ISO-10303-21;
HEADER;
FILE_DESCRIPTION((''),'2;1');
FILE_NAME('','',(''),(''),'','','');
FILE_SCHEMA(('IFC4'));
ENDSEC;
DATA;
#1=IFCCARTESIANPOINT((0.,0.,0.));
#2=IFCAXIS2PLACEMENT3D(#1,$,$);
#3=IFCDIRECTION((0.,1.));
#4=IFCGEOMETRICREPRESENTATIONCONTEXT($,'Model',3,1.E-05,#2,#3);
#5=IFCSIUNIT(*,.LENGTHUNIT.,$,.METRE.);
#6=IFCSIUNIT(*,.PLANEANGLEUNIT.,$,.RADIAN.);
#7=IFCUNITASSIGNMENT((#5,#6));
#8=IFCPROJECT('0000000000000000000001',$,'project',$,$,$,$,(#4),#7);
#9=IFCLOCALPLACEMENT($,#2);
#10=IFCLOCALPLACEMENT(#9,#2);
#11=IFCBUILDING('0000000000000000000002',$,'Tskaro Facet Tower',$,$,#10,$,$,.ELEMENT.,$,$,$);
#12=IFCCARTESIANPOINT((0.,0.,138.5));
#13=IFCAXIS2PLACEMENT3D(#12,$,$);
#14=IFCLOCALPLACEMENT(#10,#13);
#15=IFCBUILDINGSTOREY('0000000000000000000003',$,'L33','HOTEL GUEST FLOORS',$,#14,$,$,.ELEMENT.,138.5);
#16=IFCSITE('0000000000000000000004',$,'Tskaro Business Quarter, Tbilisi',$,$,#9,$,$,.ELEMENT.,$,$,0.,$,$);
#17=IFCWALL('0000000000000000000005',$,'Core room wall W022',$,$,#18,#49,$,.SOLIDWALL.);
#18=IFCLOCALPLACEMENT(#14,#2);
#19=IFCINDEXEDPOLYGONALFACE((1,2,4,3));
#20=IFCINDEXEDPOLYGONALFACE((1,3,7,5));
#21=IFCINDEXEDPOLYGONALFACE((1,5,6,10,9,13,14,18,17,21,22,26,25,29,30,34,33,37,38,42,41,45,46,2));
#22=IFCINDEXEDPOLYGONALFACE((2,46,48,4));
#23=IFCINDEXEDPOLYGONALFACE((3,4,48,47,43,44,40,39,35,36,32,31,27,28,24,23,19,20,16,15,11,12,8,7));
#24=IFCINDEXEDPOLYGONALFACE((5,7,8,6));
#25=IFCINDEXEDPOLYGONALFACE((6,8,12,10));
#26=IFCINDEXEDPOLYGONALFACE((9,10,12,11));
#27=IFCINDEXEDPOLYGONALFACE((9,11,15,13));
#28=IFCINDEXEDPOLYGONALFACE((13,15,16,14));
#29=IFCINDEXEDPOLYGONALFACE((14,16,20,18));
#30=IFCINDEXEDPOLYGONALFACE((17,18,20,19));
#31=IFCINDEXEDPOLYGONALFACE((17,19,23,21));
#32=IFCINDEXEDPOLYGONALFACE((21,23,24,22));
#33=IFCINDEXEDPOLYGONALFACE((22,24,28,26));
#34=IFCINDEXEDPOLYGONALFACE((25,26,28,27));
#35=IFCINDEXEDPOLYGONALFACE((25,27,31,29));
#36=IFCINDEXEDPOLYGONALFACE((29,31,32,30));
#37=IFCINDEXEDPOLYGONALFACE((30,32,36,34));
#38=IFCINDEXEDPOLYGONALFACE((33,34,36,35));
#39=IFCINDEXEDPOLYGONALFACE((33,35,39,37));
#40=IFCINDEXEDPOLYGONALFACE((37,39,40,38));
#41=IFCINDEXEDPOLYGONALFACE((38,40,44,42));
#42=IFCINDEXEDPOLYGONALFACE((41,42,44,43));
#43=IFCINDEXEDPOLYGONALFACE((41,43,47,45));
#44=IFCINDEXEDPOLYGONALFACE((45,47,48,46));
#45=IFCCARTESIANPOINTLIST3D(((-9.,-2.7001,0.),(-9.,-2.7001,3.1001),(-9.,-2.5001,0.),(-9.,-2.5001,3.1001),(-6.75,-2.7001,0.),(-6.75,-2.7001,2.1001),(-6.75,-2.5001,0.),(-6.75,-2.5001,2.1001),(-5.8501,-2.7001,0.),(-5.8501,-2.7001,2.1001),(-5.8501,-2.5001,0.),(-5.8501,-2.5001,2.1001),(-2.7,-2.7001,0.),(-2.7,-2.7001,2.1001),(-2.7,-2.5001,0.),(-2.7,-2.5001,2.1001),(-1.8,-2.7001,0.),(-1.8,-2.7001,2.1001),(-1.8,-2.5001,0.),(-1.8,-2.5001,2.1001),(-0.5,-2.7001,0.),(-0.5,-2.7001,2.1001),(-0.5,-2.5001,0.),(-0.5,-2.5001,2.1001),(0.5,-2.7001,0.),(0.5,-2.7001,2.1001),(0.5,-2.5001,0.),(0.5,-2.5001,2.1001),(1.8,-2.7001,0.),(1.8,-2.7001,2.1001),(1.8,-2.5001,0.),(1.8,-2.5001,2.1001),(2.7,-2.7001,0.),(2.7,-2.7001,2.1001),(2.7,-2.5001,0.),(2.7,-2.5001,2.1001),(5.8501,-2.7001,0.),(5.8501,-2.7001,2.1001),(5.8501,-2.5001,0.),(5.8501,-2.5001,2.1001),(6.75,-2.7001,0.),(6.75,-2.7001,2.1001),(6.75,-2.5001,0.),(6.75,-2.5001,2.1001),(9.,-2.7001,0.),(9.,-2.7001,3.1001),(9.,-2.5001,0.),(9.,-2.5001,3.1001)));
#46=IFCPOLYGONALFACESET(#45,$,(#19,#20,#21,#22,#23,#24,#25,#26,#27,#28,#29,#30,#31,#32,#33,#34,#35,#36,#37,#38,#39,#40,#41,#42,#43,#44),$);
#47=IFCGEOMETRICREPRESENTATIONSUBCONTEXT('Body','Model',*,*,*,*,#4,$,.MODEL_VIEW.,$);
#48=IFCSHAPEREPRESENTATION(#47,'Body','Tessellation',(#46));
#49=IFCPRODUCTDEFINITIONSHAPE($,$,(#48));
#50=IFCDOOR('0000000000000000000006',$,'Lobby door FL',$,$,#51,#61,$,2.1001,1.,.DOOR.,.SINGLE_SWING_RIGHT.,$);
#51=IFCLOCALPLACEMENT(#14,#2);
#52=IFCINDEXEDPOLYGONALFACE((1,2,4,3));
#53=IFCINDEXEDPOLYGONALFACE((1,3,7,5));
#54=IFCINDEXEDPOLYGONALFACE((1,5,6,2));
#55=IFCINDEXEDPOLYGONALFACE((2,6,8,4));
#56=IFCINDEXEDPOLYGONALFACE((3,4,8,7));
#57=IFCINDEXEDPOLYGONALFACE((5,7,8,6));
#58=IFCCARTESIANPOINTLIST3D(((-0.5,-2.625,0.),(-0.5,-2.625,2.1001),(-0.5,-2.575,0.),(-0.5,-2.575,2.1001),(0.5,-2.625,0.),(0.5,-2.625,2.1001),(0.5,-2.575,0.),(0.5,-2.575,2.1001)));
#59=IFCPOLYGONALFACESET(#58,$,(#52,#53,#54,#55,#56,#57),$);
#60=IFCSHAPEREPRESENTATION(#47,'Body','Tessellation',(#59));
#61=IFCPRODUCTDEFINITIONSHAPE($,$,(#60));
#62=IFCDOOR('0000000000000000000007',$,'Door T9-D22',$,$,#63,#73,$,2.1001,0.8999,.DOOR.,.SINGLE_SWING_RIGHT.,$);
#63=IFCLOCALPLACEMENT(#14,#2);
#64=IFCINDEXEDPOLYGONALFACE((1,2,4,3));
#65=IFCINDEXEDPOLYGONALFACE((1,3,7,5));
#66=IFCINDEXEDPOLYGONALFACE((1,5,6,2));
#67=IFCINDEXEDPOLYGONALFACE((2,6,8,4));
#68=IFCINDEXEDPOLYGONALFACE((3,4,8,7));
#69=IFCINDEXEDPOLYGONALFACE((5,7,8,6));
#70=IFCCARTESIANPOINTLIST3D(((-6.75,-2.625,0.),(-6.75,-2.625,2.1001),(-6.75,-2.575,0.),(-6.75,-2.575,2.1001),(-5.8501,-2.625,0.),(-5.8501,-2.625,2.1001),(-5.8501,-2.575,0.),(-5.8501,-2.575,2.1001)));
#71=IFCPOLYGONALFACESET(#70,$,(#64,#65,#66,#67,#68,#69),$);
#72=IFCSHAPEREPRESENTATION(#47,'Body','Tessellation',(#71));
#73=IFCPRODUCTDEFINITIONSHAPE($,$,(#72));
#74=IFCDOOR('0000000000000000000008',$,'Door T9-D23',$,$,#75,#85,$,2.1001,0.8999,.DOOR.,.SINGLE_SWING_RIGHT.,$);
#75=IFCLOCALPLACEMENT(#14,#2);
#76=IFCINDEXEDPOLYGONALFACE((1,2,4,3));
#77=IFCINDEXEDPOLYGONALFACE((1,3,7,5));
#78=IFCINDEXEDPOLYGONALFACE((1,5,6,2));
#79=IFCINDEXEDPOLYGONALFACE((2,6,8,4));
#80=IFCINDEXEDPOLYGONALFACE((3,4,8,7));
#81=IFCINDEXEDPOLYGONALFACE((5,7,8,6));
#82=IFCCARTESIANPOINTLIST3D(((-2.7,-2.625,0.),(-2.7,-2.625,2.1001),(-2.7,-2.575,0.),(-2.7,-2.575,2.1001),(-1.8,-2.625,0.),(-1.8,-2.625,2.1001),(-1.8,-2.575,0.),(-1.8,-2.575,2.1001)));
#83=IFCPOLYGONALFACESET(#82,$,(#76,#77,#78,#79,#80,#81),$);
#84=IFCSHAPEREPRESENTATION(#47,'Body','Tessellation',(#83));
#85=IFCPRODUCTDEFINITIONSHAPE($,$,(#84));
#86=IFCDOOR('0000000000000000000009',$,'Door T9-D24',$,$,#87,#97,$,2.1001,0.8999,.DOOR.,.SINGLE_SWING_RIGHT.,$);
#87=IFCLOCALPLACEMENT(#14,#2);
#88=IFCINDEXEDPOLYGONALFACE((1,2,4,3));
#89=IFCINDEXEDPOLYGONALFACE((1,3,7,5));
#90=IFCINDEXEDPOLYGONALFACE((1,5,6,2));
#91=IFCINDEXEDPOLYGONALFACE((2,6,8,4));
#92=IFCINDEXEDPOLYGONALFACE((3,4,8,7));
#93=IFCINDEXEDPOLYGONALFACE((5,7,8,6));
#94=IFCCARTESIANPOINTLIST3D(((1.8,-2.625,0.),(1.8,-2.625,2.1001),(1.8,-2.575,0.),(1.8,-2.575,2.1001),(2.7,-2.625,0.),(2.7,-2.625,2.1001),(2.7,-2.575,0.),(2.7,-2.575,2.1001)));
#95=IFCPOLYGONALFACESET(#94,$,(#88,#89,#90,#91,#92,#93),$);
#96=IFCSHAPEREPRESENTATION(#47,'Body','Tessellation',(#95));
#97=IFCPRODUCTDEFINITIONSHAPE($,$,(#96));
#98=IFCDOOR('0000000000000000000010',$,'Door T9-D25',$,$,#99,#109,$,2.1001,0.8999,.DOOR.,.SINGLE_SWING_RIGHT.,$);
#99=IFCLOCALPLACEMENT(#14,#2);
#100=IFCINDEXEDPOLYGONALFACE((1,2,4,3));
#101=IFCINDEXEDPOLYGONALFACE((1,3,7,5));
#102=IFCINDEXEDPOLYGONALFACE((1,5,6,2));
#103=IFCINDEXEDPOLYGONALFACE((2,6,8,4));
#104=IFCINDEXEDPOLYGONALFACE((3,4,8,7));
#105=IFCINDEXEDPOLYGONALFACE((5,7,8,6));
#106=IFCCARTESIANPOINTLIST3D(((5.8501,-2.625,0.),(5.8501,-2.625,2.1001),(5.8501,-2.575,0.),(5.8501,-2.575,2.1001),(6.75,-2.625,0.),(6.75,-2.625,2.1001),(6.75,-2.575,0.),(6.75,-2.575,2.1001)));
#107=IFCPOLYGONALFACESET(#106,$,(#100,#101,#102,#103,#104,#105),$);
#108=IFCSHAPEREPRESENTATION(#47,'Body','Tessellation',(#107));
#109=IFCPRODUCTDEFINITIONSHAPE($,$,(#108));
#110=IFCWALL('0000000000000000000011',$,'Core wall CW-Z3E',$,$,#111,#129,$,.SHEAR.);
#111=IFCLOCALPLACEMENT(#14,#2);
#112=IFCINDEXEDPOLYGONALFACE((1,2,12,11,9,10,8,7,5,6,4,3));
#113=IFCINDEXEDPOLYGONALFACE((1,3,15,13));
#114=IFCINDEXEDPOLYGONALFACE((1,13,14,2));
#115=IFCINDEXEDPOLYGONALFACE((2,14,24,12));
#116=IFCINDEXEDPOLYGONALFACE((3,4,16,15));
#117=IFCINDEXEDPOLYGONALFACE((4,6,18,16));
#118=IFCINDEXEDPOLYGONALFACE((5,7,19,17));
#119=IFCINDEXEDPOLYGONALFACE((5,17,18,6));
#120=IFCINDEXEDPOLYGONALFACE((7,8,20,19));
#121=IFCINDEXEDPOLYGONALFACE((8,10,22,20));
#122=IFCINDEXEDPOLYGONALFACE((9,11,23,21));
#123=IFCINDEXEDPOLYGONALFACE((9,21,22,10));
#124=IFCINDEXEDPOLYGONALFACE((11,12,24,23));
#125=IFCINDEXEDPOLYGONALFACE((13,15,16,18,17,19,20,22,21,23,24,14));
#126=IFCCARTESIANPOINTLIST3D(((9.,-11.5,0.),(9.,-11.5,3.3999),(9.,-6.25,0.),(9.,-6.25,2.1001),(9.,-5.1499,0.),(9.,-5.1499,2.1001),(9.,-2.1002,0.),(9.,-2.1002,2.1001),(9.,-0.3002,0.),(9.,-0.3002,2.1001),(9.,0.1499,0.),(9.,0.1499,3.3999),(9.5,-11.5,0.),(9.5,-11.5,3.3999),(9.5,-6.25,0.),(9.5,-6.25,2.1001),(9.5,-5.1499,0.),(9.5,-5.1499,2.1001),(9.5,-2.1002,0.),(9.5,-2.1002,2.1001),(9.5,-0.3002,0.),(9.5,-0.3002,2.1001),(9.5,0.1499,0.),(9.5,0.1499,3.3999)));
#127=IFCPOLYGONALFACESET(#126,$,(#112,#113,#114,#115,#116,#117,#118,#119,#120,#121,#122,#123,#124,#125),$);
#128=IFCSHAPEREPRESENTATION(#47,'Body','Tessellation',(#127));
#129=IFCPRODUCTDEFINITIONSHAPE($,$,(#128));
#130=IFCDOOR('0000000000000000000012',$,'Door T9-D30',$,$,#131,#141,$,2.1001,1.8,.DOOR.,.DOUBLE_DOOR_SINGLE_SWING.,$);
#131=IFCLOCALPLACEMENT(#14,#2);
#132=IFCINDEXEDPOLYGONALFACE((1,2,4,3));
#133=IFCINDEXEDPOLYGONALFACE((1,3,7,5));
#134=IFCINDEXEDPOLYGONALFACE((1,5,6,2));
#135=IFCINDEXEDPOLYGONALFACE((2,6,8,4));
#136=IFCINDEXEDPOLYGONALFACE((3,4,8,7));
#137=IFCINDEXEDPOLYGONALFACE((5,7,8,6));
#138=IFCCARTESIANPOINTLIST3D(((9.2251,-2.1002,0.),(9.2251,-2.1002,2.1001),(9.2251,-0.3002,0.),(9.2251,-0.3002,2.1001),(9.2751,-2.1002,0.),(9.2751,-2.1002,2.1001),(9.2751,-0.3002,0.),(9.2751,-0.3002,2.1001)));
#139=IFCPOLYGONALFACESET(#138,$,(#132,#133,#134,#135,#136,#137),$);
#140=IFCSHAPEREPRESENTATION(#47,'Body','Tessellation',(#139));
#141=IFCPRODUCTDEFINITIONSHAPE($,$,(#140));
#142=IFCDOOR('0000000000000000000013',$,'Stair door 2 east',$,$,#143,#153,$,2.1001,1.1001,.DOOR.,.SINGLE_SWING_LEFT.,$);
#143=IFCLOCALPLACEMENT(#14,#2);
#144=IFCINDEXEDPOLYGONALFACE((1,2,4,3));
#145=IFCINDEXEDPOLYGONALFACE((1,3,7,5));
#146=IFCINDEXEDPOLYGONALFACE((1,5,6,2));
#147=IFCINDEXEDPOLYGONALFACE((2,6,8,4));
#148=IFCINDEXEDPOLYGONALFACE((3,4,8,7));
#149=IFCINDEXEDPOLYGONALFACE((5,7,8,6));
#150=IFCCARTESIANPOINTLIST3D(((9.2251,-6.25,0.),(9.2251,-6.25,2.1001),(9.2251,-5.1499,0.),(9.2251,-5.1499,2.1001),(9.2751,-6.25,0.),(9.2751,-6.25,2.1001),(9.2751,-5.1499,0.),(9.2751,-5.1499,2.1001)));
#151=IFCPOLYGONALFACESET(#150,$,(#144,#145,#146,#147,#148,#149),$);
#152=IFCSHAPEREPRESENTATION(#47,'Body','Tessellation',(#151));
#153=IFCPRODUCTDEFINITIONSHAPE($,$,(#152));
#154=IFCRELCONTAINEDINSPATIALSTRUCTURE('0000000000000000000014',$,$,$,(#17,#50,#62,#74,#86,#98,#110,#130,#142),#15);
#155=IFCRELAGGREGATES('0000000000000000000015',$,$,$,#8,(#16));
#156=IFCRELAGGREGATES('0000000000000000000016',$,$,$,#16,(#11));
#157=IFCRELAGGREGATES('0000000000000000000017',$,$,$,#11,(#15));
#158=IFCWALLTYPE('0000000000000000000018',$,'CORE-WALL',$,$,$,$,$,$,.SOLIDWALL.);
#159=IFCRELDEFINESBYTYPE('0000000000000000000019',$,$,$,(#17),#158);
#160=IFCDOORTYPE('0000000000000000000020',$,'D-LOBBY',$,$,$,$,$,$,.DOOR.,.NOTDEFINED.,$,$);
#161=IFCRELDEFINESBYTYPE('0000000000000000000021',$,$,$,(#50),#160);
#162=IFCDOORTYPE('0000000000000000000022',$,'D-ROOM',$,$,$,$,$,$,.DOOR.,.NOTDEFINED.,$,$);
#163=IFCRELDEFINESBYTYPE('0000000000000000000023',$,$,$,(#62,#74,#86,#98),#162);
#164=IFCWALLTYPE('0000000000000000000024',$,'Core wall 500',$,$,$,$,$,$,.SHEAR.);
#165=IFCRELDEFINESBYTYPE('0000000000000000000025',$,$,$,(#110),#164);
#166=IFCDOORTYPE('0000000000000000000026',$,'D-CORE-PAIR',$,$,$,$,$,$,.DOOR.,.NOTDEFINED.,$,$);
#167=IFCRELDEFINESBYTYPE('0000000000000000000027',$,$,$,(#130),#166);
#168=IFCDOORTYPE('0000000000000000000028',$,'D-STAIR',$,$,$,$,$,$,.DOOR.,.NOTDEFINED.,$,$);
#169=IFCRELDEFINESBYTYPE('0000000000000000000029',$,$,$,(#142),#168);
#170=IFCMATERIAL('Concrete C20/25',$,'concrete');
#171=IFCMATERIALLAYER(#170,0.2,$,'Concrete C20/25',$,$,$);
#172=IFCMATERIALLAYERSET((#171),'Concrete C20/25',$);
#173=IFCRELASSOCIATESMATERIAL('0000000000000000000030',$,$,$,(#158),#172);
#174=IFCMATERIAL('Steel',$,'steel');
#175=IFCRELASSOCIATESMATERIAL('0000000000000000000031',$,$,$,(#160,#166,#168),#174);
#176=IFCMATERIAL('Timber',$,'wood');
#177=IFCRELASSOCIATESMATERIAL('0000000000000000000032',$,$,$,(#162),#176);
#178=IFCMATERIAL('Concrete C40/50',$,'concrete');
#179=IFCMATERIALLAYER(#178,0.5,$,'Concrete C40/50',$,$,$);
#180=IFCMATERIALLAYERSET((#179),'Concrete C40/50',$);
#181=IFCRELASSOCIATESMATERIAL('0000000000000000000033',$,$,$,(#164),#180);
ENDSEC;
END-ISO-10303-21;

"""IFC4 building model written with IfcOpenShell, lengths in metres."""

from ifc_helpers import new_model, si_unit, direction, frame, frame_2d, origin, place, context, subcontext, project, spatial, rectangle, extrude, material, layer, layer_set, type_object, element, fill, save


model = new_model("IFC4")

# Units and contexts
model_context = context("Model", 3, precision=1e-05, world=origin(), true_north=direction((0.0, 1.0)))
body_context = subcontext(model_context, "Body", "Model", "MODEL_VIEW")
ifc_project = project(units=[si_unit("LENGTHUNIT", "METRE"), si_unit("PLANEANGLEUNIT", "RADIAN")], contexts=[model_context])

# Site, building, storey
site_placement = place(None, origin())
site = spatial("IfcSite", under=ifc_project, at=site_placement, Name="Tskaro Business Quarter, Tbilisi", CompositionType="ELEMENT", RefElevation=0.0)
building_placement = place(site_placement, origin())
building = spatial("IfcBuilding", under=site, at=building_placement, Name="Tskaro Facet Tower", CompositionType="ELEMENT")
storey_placement = place(building_placement, frame((0.0, 0.0, 138.5)))
storey = spatial("IfcBuildingStorey", under=building, at=storey_placement, Name="L33", Description="HOTEL GUEST FLOORS", CompositionType="ELEMENT", Elevation=138.5)

# Walls, openings, doors
ifc_material_1 = material(Name="Concrete C20/25", Category="concrete")
ifc_layer_1 = layer(ifc_material_1, 0.2, Name="Concrete C20/25")
ifc_layer_set_1 = layer_set([ifc_layer_1], Name="Concrete C20/25")
wall_type_1 = type_object("IfcWallType", Name="CORE-WALL", PredefinedType="SOLIDWALL", material=ifc_layer_set_1)
wall_1_placement = place(storey_placement, frame((9.0, -2.6001, 0.0), z_axis=(0.0, 0.0, 1.0), x_axis=(-1.0, 0.0, 0.0)))
wall_1 = element("IfcWall", 1, at=wall_1_placement, inside=storey, type_object=wall_type_1, Name="Core room wall W022", PredefinedType="SOLIDWALL", context=body_context, shape_type="SweptSolid", body=[
    extrude(rectangle(XDim=18.0, YDim=0.2, at=frame_2d((9.0, 0.0))), origin(), (0.0, 0.0, 1.0), 3.1001),
])
opening_1_placement = place(wall_1_placement, frame((8.5, 0.0, 0.0)))
opening_1 = element("IfcOpeningElement", 2, at=opening_1_placement, cuts=wall_1, PredefinedType="OPENING", context=body_context, shape_type="SweptSolid", body=[
    extrude(rectangle(XDim=1.0, YDim=2.1001, at=frame_2d((0.5, 1.05))), frame((0.0, 0.1099, 0.0), z_axis=(0.0, -1.0, 0.0), x_axis=(1.0, 0.0, 0.0)), (0.0, 0.0, 1.0), 0.22),
])
opening_2_placement = place(wall_1_placement, frame((14.8501, 0.0, 0.0)))
opening_2 = element("IfcOpeningElement", 3, at=opening_2_placement, cuts=wall_1, PredefinedType="OPENING", context=body_context, shape_type="SweptSolid", body=[
    extrude(rectangle(XDim=0.8999, YDim=2.1001, at=frame_2d((0.45, 1.05))), frame((0.0, 0.1099, 0.0), z_axis=(0.0, -1.0, 0.0), x_axis=(1.0, 0.0, 0.0)), (0.0, 0.0, 1.0), 0.22),
])
opening_3_placement = place(wall_1_placement, frame((10.8, 0.0, 0.0)))
opening_3 = element("IfcOpeningElement", 4, at=opening_3_placement, cuts=wall_1, PredefinedType="OPENING", context=body_context, shape_type="SweptSolid", body=[
    extrude(rectangle(XDim=0.8999, YDim=2.1001, at=frame_2d((0.45, 1.05))), frame((0.0, 0.1099, 0.0), z_axis=(0.0, -1.0, 0.0), x_axis=(1.0, 0.0, 0.0)), (0.0, 0.0, 1.0), 0.22),
])
opening_4_placement = place(wall_1_placement, frame((6.3, 0.0, 0.0)))
opening_4 = element("IfcOpeningElement", 5, at=opening_4_placement, cuts=wall_1, PredefinedType="OPENING", context=body_context, shape_type="SweptSolid", body=[
    extrude(rectangle(XDim=0.8999, YDim=2.1001, at=frame_2d((0.45, 1.05))), frame((0.0, 0.1099, 0.0), z_axis=(0.0, -1.0, 0.0), x_axis=(1.0, 0.0, 0.0)), (0.0, 0.0, 1.0), 0.22),
])
opening_5_placement = place(wall_1_placement, frame((2.25, 0.0, 0.0)))
opening_5 = element("IfcOpeningElement", 6, at=opening_5_placement, cuts=wall_1, PredefinedType="OPENING", context=body_context, shape_type="SweptSolid", body=[
    extrude(rectangle(XDim=0.8999, YDim=2.1001, at=frame_2d((0.45, 1.05))), frame((0.0, 0.1099, 0.0), z_axis=(0.0, -1.0, 0.0), x_axis=(1.0, 0.0, 0.0)), (0.0, 0.0, 1.0), 0.22),
])
ifc_material_2 = material(Name="Steel", Category="steel")
door_type_1 = type_object("IfcDoorType", Name="D-LOBBY", OperationType="NOTDEFINED", PredefinedType="DOOR", material=ifc_material_2)
door_1_placement = place(opening_1_placement, origin())
door_1 = element("IfcDoor", 7, at=door_1_placement, inside=storey, type_object=door_type_1, Name="Lobby door FL", OperationType="SINGLE_SWING_RIGHT", OverallHeight=2.1001, OverallWidth=1.0, PredefinedType="DOOR", context=body_context, shape_type="SweptSolid", body=[
    extrude(rectangle(XDim=1.0, YDim=2.1001, at=frame_2d((0.5, 1.05))), frame((0.0, 0.0249, 0.0), z_axis=(0.0, -1.0, 0.0), x_axis=(1.0, 0.0, 0.0)), (0.0, 0.0, 1.0), 0.05),
])
fill(opening_1, door_1)
ifc_material_3 = material(Name="Timber", Category="wood")
door_type_2 = type_object("IfcDoorType", Name="D-ROOM", OperationType="NOTDEFINED", PredefinedType="DOOR", material=ifc_material_3)
door_2_placement = place(opening_2_placement, origin())
door_2 = element("IfcDoor", 8, at=door_2_placement, inside=storey, type_object=door_type_2, Name="Door T9-D22", OperationType="SINGLE_SWING_RIGHT", OverallHeight=2.1001, OverallWidth=0.8999, PredefinedType="DOOR", context=body_context, shape_type="SweptSolid", body=[
    extrude(rectangle(XDim=0.8999, YDim=2.1001, at=frame_2d((0.45, 1.05))), frame((0.0, 0.0249, 0.0), z_axis=(0.0, -1.0, 0.0), x_axis=(1.0, 0.0, 0.0)), (0.0, 0.0, 1.0), 0.05),
])
fill(opening_2, door_2)
door_3_placement = place(opening_3_placement, origin())
door_3 = element("IfcDoor", 9, at=door_3_placement, inside=storey, type_object=door_type_2, Name="Door T9-D23", OperationType="SINGLE_SWING_RIGHT", OverallHeight=2.1001, OverallWidth=0.8999, PredefinedType="DOOR", context=body_context, shape_type="SweptSolid", body=[
    extrude(rectangle(XDim=0.8999, YDim=2.1001, at=frame_2d((0.45, 1.05))), frame((0.0, 0.0249, 0.0), z_axis=(0.0, -1.0, 0.0), x_axis=(1.0, 0.0, 0.0)), (0.0, 0.0, 1.0), 0.05),
])
fill(opening_3, door_3)
door_4_placement = place(opening_4_placement, origin())
door_4 = element("IfcDoor", 10, at=door_4_placement, inside=storey, type_object=door_type_2, Name="Door T9-D24", OperationType="SINGLE_SWING_RIGHT", OverallHeight=2.1001, OverallWidth=0.8999, PredefinedType="DOOR", context=body_context, shape_type="SweptSolid", body=[
    extrude(rectangle(XDim=0.8999, YDim=2.1001, at=frame_2d((0.45, 1.05))), frame((0.0, 0.0249, 0.0), z_axis=(0.0, -1.0, 0.0), x_axis=(1.0, 0.0, 0.0)), (0.0, 0.0, 1.0), 0.05),
])
fill(opening_4, door_4)
door_5_placement = place(opening_5_placement, origin())
door_5 = element("IfcDoor", 11, at=door_5_placement, inside=storey, type_object=door_type_2, Name="Door T9-D25", OperationType="SINGLE_SWING_RIGHT", OverallHeight=2.1001, OverallWidth=0.8999, PredefinedType="DOOR", context=body_context, shape_type="SweptSolid", body=[
    extrude(rectangle(XDim=0.8999, YDim=2.1001, at=frame_2d((0.45, 1.05))), frame((0.0, 0.0249, 0.0), z_axis=(0.0, -1.0, 0.0), x_axis=(1.0, 0.0, 0.0)), (0.0, 0.0, 1.0), 0.05),
])
fill(opening_5, door_5)
ifc_material_4 = material(Name="Concrete C40/50", Category="concrete")
ifc_layer_2 = layer(ifc_material_4, 0.5, Name="Concrete C40/50")
ifc_layer_set_2 = layer_set([ifc_layer_2], Name="Concrete C40/50")
wall_type_2 = type_object("IfcWallType", Name="Core wall 500", PredefinedType="SHEAR", material=ifc_layer_set_2)
wall_2_placement = place(storey_placement, frame((9.25, -11.5, 0.0), z_axis=(0.0, 0.0, 1.0), x_axis=(0.0, 1.0, 0.0)))
wall_2 = element("IfcWall", 12, at=wall_2_placement, inside=storey, type_object=wall_type_2, Name="Core wall CW-Z3E", PredefinedType="SHEAR", context=body_context, shape_type="SweptSolid", body=[
    extrude(rectangle(XDim=11.6499, YDim=0.5, at=frame_2d((5.825, 0.0))), origin(), (0.0, 0.0, 1.0), 3.3999),
])
opening_6_placement = place(wall_2_placement, frame((9.3999, 0.0, 0.0)))
opening_6 = element("IfcOpeningElement", 13, at=opening_6_placement, cuts=wall_2, PredefinedType="OPENING", context=body_context, shape_type="SweptSolid", body=[
    extrude(rectangle(XDim=1.8, YDim=2.1001, at=frame_2d((0.8999, 1.05))), frame((0.0, 0.26, 0.0), z_axis=(0.0, -1.0, 0.0), x_axis=(1.0, 0.0, 0.0)), (0.0, 0.0, 1.0), 0.52),
])
opening_7_placement = place(wall_2_placement, frame((5.25, 0.0, 0.0)))
opening_7 = element("IfcOpeningElement", 14, at=opening_7_placement, cuts=wall_2, PredefinedType="OPENING", context=body_context, shape_type="SweptSolid", body=[
    extrude(rectangle(XDim=1.1001, YDim=2.1001, at=frame_2d((0.55, 1.05))), frame((0.0, 0.26, 0.0), z_axis=(0.0, -1.0, 0.0), x_axis=(1.0, 0.0, 0.0)), (0.0, 0.0, 1.0), 0.52),
])
door_type_3 = type_object("IfcDoorType", Name="D-CORE-PAIR", OperationType="NOTDEFINED", PredefinedType="DOOR", material=ifc_material_2)
door_6_placement = place(opening_6_placement, origin())
door_6 = element("IfcDoor", 15, at=door_6_placement, inside=storey, type_object=door_type_3, Name="Door T9-D30", OperationType="DOUBLE_DOOR_SINGLE_SWING", OverallHeight=2.1001, OverallWidth=1.8, PredefinedType="DOOR", context=body_context, shape_type="SweptSolid", body=[
    extrude(rectangle(XDim=1.8, YDim=2.1001, at=frame_2d((0.8999, 1.05))), frame((0.0, 0.0249, 0.0), z_axis=(0.0, -1.0, 0.0), x_axis=(1.0, 0.0, 0.0)), (0.0, 0.0, 1.0), 0.05),
])
fill(opening_6, door_6)
door_type_4 = type_object("IfcDoorType", Name="D-STAIR", OperationType="NOTDEFINED", PredefinedType="DOOR", material=ifc_material_2)
door_7_placement = place(opening_7_placement, origin())
door_7 = element("IfcDoor", 16, at=door_7_placement, inside=storey, type_object=door_type_4, Name="Stair door 2 east", OperationType="SINGLE_SWING_LEFT", OverallHeight=2.1001, OverallWidth=1.1001, PredefinedType="DOOR", context=body_context, shape_type="SweptSolid", body=[
    extrude(rectangle(XDim=1.1001, YDim=2.1001, at=frame_2d((0.55, 1.05))), frame((0.0, 0.0249, 0.0), z_axis=(0.0, -1.0, 0.0), x_axis=(1.0, 0.0, 0.0)), (0.0, 0.0, 1.0), 0.05),
])
fill(opening_7, door_7)

save(model, "model.ifc")
